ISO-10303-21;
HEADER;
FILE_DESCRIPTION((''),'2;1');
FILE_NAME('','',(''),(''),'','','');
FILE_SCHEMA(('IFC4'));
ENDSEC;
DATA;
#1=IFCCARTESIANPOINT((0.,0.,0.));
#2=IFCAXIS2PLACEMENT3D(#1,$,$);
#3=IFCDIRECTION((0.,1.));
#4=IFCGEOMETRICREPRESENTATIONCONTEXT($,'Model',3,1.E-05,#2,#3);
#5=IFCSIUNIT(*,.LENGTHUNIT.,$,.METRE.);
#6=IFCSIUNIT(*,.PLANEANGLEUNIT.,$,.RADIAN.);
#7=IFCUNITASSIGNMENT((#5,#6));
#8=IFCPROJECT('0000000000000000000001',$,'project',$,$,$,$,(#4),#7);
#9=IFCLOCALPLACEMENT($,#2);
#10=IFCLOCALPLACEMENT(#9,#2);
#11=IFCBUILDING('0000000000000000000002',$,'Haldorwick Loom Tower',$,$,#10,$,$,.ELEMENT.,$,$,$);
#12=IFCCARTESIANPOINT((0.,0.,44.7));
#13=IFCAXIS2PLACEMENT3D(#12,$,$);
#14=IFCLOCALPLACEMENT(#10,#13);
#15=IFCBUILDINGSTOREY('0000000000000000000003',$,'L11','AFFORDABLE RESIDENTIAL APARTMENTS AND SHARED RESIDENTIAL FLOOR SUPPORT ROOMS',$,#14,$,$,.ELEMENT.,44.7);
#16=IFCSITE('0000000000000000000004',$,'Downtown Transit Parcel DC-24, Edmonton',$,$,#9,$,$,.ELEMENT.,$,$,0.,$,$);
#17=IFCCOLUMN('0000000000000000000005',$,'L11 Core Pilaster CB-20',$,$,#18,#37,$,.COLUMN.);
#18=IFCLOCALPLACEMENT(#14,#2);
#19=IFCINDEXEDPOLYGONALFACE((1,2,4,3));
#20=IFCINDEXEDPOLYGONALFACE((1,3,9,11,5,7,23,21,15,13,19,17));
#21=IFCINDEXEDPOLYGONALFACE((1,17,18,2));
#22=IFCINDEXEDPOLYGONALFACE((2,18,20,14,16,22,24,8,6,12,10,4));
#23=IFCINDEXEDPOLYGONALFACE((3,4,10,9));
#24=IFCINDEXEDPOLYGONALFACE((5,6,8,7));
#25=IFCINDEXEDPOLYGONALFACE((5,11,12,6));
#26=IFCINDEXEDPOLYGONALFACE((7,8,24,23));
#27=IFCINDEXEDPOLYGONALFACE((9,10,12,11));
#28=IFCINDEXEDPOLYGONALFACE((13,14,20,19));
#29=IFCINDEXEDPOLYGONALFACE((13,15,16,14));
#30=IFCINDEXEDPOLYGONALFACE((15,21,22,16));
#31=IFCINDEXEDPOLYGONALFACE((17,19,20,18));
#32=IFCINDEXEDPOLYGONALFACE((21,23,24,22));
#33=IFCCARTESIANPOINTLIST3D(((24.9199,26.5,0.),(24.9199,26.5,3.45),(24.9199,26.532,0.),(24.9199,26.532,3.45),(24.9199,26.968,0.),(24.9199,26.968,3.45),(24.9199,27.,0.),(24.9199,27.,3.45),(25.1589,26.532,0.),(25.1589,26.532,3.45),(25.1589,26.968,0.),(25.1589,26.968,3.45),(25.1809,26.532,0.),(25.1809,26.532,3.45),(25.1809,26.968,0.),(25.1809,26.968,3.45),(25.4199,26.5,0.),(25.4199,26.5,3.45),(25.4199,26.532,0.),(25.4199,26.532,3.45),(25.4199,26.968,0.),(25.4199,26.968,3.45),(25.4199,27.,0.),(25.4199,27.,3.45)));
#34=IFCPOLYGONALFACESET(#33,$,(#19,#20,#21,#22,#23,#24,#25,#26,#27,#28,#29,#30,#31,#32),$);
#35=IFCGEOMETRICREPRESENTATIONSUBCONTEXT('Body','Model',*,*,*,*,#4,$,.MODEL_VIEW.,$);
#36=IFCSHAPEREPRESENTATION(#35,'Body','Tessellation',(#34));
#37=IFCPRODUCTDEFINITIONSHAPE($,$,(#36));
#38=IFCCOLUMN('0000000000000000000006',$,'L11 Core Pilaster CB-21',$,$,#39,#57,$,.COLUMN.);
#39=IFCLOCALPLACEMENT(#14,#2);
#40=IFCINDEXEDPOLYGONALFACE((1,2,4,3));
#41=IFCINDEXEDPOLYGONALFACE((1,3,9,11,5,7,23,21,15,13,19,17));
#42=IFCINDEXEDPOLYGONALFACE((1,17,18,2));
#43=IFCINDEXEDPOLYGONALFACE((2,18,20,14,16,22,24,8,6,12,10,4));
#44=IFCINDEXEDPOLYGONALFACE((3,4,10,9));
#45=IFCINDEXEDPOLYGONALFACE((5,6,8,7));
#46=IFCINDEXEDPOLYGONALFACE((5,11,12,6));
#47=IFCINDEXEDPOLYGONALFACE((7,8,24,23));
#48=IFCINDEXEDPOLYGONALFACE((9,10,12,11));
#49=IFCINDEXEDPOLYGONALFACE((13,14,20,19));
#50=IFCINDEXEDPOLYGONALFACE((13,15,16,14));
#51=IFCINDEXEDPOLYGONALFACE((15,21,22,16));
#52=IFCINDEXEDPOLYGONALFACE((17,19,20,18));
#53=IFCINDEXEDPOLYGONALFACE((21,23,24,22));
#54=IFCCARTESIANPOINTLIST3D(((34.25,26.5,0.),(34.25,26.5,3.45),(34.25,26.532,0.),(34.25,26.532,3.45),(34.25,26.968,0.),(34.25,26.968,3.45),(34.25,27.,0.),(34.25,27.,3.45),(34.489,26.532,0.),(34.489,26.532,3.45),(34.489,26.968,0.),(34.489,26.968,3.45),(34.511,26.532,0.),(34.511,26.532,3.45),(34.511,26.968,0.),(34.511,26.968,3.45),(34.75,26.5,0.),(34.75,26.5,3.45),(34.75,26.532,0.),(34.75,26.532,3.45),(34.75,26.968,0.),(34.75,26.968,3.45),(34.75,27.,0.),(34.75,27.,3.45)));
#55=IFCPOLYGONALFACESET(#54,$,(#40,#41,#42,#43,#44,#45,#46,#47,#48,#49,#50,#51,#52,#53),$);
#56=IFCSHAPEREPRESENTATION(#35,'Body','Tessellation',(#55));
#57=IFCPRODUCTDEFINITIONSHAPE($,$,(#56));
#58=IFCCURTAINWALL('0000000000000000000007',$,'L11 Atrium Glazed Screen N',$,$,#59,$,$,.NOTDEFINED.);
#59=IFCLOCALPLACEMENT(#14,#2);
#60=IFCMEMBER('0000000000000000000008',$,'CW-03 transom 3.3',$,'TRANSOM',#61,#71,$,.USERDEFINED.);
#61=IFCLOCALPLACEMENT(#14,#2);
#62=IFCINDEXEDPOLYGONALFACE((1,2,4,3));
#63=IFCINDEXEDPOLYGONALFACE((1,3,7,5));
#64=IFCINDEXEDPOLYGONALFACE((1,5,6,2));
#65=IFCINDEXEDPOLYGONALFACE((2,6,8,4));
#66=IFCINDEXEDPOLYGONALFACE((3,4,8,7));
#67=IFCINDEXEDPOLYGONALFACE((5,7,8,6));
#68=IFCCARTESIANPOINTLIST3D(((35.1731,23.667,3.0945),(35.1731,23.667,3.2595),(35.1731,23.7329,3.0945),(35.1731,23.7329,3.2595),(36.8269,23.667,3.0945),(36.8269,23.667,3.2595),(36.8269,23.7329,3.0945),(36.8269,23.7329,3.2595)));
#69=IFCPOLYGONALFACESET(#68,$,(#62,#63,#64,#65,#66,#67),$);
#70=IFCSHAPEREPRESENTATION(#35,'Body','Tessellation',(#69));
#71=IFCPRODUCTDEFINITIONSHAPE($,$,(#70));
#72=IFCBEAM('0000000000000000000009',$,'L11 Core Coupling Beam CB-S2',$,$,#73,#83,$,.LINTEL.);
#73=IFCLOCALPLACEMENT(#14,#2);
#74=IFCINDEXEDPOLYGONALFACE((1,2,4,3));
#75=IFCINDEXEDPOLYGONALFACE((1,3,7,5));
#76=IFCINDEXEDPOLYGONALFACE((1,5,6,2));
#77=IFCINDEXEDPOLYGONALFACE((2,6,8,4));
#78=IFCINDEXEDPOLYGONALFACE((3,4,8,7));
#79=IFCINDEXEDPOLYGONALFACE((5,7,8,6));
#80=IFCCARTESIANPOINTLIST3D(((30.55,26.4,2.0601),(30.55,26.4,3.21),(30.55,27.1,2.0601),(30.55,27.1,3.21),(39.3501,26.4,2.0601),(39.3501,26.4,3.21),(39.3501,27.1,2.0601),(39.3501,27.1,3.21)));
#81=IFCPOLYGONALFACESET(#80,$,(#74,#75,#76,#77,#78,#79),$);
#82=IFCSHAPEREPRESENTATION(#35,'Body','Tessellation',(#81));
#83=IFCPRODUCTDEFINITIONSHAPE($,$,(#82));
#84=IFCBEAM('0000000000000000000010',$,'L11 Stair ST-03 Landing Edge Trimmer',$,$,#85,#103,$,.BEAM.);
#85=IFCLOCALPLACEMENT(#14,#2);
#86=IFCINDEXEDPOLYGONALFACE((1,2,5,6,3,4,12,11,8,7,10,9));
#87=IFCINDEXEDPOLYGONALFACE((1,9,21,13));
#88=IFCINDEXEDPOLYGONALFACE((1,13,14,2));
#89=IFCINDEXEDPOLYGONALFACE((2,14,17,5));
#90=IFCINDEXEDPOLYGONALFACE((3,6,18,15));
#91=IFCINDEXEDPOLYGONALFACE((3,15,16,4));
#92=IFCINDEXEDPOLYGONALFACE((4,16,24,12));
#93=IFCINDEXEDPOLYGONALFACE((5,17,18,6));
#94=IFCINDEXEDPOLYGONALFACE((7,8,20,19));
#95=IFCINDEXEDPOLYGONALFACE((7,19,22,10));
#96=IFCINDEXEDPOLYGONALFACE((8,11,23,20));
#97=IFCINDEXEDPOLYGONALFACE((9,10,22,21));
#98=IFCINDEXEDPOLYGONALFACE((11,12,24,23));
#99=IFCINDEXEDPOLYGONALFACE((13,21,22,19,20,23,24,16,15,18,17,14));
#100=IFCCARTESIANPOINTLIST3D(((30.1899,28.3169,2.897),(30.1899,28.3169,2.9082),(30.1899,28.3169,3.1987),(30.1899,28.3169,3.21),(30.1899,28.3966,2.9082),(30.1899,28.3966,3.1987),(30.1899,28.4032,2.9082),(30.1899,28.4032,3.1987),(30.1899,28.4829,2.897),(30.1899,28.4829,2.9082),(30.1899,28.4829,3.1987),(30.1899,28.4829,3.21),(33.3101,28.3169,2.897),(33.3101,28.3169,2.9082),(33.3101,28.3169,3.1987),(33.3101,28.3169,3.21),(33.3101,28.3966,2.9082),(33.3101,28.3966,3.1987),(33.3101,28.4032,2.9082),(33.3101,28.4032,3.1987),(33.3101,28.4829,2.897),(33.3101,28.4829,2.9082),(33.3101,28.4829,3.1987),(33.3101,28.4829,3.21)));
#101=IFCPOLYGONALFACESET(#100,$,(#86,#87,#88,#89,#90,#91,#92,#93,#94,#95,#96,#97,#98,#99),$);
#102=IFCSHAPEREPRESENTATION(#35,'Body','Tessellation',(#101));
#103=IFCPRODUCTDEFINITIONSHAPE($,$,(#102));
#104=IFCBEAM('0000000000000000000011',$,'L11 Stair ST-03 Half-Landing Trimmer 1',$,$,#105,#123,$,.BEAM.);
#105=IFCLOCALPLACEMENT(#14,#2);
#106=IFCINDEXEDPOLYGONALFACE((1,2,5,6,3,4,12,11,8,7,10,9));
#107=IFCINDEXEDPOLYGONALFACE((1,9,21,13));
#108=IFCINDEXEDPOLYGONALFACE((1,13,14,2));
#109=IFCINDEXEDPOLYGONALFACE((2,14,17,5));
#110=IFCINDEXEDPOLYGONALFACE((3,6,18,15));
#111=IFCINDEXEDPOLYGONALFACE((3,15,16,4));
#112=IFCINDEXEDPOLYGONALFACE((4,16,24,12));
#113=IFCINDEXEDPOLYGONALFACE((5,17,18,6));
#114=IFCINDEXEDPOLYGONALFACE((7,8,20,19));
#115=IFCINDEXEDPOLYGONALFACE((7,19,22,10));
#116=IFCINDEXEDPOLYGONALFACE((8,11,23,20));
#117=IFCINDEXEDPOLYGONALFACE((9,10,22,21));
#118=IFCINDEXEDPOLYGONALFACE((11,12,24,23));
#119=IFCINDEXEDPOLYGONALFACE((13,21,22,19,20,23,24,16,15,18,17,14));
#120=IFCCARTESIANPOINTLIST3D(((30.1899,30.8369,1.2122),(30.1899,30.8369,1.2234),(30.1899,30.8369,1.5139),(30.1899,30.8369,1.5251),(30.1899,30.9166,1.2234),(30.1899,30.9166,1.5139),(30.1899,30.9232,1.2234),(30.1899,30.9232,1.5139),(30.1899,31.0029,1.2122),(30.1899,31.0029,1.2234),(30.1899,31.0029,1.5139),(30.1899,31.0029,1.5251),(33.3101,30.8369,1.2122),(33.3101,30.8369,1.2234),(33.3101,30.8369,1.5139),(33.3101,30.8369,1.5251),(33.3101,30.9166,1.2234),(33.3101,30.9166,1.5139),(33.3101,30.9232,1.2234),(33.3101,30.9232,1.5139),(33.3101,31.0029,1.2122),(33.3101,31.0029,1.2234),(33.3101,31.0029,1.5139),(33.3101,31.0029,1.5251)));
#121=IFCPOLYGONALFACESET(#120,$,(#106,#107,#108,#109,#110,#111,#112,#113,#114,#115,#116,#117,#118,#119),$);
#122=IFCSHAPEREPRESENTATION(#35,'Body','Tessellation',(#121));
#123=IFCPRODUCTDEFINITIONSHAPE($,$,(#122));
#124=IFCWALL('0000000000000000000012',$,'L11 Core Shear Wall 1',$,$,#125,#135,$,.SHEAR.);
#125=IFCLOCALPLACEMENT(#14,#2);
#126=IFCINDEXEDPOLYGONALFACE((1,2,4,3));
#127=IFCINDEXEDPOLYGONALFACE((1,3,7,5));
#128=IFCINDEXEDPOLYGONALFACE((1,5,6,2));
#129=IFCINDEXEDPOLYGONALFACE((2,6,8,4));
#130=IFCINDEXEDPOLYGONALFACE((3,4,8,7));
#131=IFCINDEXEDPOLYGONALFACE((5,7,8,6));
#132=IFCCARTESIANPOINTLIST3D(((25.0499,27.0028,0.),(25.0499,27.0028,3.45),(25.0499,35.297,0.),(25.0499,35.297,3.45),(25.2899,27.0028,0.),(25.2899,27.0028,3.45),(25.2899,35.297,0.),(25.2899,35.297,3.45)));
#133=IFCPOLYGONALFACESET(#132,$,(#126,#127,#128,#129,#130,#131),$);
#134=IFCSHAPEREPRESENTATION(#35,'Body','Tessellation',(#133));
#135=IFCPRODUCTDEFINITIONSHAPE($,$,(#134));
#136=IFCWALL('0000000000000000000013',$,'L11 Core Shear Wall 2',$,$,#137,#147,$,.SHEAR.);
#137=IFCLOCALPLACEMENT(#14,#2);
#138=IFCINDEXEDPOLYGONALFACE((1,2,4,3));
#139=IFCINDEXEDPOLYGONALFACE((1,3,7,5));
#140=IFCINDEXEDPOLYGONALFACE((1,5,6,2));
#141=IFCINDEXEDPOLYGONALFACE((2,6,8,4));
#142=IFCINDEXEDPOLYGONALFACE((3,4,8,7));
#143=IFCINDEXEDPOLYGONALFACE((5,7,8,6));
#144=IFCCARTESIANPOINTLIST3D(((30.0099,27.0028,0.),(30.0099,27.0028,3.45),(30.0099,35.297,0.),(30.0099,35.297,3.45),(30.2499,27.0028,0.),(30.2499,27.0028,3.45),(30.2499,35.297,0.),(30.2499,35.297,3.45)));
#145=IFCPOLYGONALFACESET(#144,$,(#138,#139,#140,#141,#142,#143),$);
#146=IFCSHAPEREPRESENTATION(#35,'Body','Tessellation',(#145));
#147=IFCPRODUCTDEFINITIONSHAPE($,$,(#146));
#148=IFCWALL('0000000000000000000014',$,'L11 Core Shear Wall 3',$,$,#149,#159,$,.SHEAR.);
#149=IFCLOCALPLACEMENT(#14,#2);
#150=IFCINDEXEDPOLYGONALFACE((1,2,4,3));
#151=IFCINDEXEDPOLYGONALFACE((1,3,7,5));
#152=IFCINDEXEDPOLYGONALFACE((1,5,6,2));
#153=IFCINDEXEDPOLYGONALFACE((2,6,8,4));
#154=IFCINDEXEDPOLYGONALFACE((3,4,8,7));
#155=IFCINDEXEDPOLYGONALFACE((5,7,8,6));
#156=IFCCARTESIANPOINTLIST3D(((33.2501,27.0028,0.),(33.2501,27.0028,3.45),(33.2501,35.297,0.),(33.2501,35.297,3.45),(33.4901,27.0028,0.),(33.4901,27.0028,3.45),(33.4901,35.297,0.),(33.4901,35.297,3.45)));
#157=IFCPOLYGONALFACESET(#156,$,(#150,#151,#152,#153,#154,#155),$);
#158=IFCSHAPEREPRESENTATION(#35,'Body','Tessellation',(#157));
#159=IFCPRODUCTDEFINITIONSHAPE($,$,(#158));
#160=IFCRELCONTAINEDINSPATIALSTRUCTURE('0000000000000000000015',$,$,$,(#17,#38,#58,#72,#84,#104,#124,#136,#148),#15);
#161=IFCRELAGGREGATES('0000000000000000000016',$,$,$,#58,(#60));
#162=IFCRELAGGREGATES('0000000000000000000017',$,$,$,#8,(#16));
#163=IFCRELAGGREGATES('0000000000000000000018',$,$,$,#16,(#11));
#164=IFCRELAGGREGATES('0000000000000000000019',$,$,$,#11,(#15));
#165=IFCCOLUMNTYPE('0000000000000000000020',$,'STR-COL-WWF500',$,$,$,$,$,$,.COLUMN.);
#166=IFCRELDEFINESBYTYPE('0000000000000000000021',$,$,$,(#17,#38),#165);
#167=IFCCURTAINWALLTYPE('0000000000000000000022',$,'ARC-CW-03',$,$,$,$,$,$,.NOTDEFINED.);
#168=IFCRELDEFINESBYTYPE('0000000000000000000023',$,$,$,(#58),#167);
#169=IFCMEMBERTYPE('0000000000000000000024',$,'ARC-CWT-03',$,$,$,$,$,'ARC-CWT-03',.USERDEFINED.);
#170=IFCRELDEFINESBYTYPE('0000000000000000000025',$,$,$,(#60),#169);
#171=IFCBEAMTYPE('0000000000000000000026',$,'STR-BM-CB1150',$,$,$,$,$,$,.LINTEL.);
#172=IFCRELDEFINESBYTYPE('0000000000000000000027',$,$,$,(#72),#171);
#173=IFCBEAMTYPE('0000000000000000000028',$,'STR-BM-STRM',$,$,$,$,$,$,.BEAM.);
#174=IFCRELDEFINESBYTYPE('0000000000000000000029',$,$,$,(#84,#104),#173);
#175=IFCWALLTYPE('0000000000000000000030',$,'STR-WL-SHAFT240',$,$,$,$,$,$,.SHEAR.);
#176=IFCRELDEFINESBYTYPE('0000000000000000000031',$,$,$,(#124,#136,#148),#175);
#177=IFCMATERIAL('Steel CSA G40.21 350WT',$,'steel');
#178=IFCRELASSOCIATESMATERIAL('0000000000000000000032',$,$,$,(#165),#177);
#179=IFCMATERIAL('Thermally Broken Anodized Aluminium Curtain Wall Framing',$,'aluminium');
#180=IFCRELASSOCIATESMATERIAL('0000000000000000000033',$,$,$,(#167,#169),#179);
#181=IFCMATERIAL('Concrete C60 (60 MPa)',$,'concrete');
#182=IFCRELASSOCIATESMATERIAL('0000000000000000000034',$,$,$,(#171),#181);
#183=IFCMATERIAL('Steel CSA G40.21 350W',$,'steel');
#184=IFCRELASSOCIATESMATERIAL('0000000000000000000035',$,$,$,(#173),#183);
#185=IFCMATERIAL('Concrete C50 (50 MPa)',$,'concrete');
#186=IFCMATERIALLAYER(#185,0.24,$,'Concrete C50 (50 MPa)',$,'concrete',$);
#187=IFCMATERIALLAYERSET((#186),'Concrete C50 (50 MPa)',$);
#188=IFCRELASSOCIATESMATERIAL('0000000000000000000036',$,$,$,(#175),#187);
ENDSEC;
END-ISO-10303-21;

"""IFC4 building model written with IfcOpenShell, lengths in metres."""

from ifc_helpers import new_model, si_unit, direction, frame, frame_2d, origin, origin_2d, place, context, subcontext, project, spatial, rectangle, i_section, extrude, material, layer, layer_set, material_profile, profile_set, type_object, element, aggregate, save


model = new_model("IFC4")

# Units and contexts
model_context = context("Model", 3, precision=1e-05, world=origin(), true_north=direction((0.0, 1.0)))
body_context = subcontext(model_context, "Body", "Model", "MODEL_VIEW")
ifc_project = project(units=[si_unit("LENGTHUNIT", "METRE"), si_unit("PLANEANGLEUNIT", "RADIAN")], contexts=[model_context])

# Site, building, storey
site_placement = place(None, origin())
site = spatial("IfcSite", under=ifc_project, at=site_placement, Name="Downtown Transit Parcel DC-24, Edmonton", CompositionType="ELEMENT", RefElevation=0.0)
building_placement = place(site_placement, origin())
building = spatial("IfcBuilding", under=site, at=building_placement, Name="Haldorwick Loom Tower", CompositionType="ELEMENT")
storey_placement = place(building_placement, frame((0.0, 0.0, 44.7)))
storey = spatial("IfcBuildingStorey", under=building, at=storey_placement, Name="L11", Description="AFFORDABLE RESIDENTIAL APARTMENTS AND SHARED RESIDENTIAL FLOOR SUPPORT ROOMS", CompositionType="ELEMENT", Elevation=44.7)

# Columns
ifc_material_1 = material(Name="Steel CSA G40.21 350WT", Category="steel")
ifc_material_profile_1 = material_profile(ifc_material_1, i_section(OverallWidth=0.5, OverallDepth=0.5, WebThickness=0.022, FlangeThickness=0.032, at=origin_2d()), Name="WWF500X500", Category="steel")
ifc_profile_set_1 = profile_set([ifc_material_profile_1], Name="Steel CSA G40.21 350WT")
column_type = type_object("IfcColumnType", Name="STR-COL-WWF500", PredefinedType="COLUMN", material=ifc_profile_set_1)
for number, where, z_axis, x_axis, name in (
    (1, (25.1699, 26.75, 0.0), (0.0, 0.0, 1.0), (1.0, 0.0, 0.0), "L11 Core Pilaster CB-20"),
    (2, (34.5, 26.75, 0.0), (0.0, 0.0, 1.0), (1.0, 0.0, 0.0), "L11 Core Pilaster CB-21"),
):
    element("IfcColumn", number, at=place(storey_placement, frame(where, z_axis=z_axis, x_axis=x_axis)), inside=storey, type_object=column_type, Name=name, PredefinedType="COLUMN", context=body_context, shape_type="SweptSolid", body=[
        extrude(i_section(OverallWidth=0.5, OverallDepth=0.5, WebThickness=0.022, FlangeThickness=0.032, at=origin_2d()), origin(), (0.0, 0.0, 1.0), 3.45),
    ])

# Curtain wall, member
ifc_material_2 = material(Name="Thermally Broken Anodized Aluminium Curtain Wall Framing", Category="aluminium")
curtain_wall_type = type_object("IfcCurtainWallType", Name="ARC-CW-03", PredefinedType="NOTDEFINED", material=ifc_material_2)
curtain_wall_placement = place(storey_placement, origin())
curtain_wall = element("IfcCurtainWall", 3, at=curtain_wall_placement, inside=storey, type_object=curtain_wall_type, Name="L11 Atrium Glazed Screen N", PredefinedType="NOTDEFINED")
ifc_material_profile_2 = material_profile(ifc_material_2, rectangle(XDim=0.0659, YDim=0.165, at=origin_2d()), Name="ALU_TRN_66X165", Category="aluminium")
ifc_profile_set_2 = profile_set([ifc_material_profile_2], Name="Thermally Broken Anodized Aluminium Curtain Wall Framing")
member_type = type_object("IfcMemberType", Name="ARC-CWT-03", ElementType="ARC-CWT-03", PredefinedType="USERDEFINED", material=ifc_profile_set_2)
member_placement = place(storey_placement, frame((35.1731, 23.7, 3.177), z_axis=(1.0, 0.0, 0.0), x_axis=(0.0, 1.0, 0.0)))
member = element("IfcMember", 4, at=member_placement, type_object=member_type, Name="CW-03 transom 3.3", ObjectType="TRANSOM", PredefinedType="USERDEFINED", context=body_context, shape_type="SweptSolid", body=[
    extrude(rectangle(XDim=0.0659, YDim=0.165, at=origin_2d()), origin(), (0.0, 0.0, 1.0), 1.6538),
])
aggregate(curtain_wall, [member])

# Beams
ifc_material_3 = material(Name="Concrete C60 (60 MPa)", Category="concrete")
ifc_material_profile_3 = material_profile(ifc_material_3, rectangle(XDim=0.7, YDim=1.1499, at=origin_2d()), Name="RC700X1150", Category="concrete")
ifc_profile_set_3 = profile_set([ifc_material_profile_3], Name="Concrete C60 (60 MPa)")
beam_type_1 = type_object("IfcBeamType", Name="STR-BM-CB1150", PredefinedType="LINTEL", material=ifc_profile_set_3)
beam_placement = place(storey_placement, frame((30.55, 26.75, 2.635), z_axis=(1.0, 0.0, 0.0), x_axis=(0.0, 1.0, 0.0)))
element("IfcBeam", 5, at=beam_placement, inside=storey, type_object=beam_type_1, Name="L11 Core Coupling Beam CB-S2", PredefinedType="LINTEL", context=body_context, shape_type="SweptSolid", body=[
    extrude(rectangle(XDim=0.7, YDim=1.1499, at=origin_2d()), origin(), (0.0, 0.0, 1.0), 8.8),
])
ifc_material_4 = material(Name="Steel CSA G40.21 350W", Category="steel")
ifc_material_profile_4 = material_profile(ifc_material_4, i_section(OverallWidth=0.166, OverallDepth=0.313, WebThickness=0.0066, FlangeThickness=0.0112, at=origin_2d()), Name="W310X45", Category="steel")
ifc_profile_set_4 = profile_set([ifc_material_profile_4], Name="Steel CSA G40.21 350W")
beam_type_2 = type_object("IfcBeamType", Name="STR-BM-STRM", PredefinedType="BEAM", material=ifc_profile_set_4)
for number, where, z_axis, x_axis, name in (
    (6, (30.1899, 28.3999, 3.0535), (1.0, 0.0, 0.0), (0.0, 1.0, 0.0), "L11 Stair ST-03 Landing Edge Trimmer"),
    (7, (30.1899, 30.9199, 1.3687), (1.0, 0.0, 0.0), (0.0, 1.0, 0.0), "L11 Stair ST-03 Half-Landing Trimmer 1"),
):
    element("IfcBeam", number, at=place(storey_placement, frame(where, z_axis=z_axis, x_axis=x_axis)), inside=storey, type_object=beam_type_2, Name=name, PredefinedType="BEAM", context=body_context, shape_type="SweptSolid", body=[
        extrude(i_section(OverallWidth=0.166, OverallDepth=0.313, WebThickness=0.0066, FlangeThickness=0.0112, at=origin_2d()), origin(), (0.0, 0.0, 1.0), 3.1201),
    ])

# Walls
ifc_material_5 = material(Name="Concrete C50 (50 MPa)", Category="concrete")
ifc_layer = layer(ifc_material_5, 0.24, Name="Concrete C50 (50 MPa)", Category="concrete")
ifc_layer_set = layer_set([ifc_layer], Name="Concrete C50 (50 MPa)")
wall_type = type_object("IfcWallType", Name="STR-WL-SHAFT240", PredefinedType="SHEAR", material=ifc_layer_set)
for number, where, z_axis, x_axis, name in (
    (8, (25.1699, 27.0029, 0.0), (0.0, 0.0, 1.0), (0.0, 1.0, 0.0), "L11 Core Shear Wall 1"),
    (9, (30.1299, 27.0029, 0.0), (0.0, 0.0, 1.0), (0.0, 1.0, 0.0), "L11 Core Shear Wall 2"),
    (10, (33.3701, 27.0029, 0.0), (0.0, 0.0, 1.0), (0.0, 1.0, 0.0), "L11 Core Shear Wall 3"),
):
    element("IfcWall", number, at=place(storey_placement, frame(where, z_axis=z_axis, x_axis=x_axis)), inside=storey, type_object=wall_type, Name=name, PredefinedType="SHEAR", context=body_context, shape_type="SweptSolid", body=[
        extrude(rectangle(XDim=8.2942, YDim=0.24, at=frame_2d((4.147, 0.0))), origin(), (0.0, 0.0, 1.0), 3.45),
    ])

save(model, "model.ifc")
